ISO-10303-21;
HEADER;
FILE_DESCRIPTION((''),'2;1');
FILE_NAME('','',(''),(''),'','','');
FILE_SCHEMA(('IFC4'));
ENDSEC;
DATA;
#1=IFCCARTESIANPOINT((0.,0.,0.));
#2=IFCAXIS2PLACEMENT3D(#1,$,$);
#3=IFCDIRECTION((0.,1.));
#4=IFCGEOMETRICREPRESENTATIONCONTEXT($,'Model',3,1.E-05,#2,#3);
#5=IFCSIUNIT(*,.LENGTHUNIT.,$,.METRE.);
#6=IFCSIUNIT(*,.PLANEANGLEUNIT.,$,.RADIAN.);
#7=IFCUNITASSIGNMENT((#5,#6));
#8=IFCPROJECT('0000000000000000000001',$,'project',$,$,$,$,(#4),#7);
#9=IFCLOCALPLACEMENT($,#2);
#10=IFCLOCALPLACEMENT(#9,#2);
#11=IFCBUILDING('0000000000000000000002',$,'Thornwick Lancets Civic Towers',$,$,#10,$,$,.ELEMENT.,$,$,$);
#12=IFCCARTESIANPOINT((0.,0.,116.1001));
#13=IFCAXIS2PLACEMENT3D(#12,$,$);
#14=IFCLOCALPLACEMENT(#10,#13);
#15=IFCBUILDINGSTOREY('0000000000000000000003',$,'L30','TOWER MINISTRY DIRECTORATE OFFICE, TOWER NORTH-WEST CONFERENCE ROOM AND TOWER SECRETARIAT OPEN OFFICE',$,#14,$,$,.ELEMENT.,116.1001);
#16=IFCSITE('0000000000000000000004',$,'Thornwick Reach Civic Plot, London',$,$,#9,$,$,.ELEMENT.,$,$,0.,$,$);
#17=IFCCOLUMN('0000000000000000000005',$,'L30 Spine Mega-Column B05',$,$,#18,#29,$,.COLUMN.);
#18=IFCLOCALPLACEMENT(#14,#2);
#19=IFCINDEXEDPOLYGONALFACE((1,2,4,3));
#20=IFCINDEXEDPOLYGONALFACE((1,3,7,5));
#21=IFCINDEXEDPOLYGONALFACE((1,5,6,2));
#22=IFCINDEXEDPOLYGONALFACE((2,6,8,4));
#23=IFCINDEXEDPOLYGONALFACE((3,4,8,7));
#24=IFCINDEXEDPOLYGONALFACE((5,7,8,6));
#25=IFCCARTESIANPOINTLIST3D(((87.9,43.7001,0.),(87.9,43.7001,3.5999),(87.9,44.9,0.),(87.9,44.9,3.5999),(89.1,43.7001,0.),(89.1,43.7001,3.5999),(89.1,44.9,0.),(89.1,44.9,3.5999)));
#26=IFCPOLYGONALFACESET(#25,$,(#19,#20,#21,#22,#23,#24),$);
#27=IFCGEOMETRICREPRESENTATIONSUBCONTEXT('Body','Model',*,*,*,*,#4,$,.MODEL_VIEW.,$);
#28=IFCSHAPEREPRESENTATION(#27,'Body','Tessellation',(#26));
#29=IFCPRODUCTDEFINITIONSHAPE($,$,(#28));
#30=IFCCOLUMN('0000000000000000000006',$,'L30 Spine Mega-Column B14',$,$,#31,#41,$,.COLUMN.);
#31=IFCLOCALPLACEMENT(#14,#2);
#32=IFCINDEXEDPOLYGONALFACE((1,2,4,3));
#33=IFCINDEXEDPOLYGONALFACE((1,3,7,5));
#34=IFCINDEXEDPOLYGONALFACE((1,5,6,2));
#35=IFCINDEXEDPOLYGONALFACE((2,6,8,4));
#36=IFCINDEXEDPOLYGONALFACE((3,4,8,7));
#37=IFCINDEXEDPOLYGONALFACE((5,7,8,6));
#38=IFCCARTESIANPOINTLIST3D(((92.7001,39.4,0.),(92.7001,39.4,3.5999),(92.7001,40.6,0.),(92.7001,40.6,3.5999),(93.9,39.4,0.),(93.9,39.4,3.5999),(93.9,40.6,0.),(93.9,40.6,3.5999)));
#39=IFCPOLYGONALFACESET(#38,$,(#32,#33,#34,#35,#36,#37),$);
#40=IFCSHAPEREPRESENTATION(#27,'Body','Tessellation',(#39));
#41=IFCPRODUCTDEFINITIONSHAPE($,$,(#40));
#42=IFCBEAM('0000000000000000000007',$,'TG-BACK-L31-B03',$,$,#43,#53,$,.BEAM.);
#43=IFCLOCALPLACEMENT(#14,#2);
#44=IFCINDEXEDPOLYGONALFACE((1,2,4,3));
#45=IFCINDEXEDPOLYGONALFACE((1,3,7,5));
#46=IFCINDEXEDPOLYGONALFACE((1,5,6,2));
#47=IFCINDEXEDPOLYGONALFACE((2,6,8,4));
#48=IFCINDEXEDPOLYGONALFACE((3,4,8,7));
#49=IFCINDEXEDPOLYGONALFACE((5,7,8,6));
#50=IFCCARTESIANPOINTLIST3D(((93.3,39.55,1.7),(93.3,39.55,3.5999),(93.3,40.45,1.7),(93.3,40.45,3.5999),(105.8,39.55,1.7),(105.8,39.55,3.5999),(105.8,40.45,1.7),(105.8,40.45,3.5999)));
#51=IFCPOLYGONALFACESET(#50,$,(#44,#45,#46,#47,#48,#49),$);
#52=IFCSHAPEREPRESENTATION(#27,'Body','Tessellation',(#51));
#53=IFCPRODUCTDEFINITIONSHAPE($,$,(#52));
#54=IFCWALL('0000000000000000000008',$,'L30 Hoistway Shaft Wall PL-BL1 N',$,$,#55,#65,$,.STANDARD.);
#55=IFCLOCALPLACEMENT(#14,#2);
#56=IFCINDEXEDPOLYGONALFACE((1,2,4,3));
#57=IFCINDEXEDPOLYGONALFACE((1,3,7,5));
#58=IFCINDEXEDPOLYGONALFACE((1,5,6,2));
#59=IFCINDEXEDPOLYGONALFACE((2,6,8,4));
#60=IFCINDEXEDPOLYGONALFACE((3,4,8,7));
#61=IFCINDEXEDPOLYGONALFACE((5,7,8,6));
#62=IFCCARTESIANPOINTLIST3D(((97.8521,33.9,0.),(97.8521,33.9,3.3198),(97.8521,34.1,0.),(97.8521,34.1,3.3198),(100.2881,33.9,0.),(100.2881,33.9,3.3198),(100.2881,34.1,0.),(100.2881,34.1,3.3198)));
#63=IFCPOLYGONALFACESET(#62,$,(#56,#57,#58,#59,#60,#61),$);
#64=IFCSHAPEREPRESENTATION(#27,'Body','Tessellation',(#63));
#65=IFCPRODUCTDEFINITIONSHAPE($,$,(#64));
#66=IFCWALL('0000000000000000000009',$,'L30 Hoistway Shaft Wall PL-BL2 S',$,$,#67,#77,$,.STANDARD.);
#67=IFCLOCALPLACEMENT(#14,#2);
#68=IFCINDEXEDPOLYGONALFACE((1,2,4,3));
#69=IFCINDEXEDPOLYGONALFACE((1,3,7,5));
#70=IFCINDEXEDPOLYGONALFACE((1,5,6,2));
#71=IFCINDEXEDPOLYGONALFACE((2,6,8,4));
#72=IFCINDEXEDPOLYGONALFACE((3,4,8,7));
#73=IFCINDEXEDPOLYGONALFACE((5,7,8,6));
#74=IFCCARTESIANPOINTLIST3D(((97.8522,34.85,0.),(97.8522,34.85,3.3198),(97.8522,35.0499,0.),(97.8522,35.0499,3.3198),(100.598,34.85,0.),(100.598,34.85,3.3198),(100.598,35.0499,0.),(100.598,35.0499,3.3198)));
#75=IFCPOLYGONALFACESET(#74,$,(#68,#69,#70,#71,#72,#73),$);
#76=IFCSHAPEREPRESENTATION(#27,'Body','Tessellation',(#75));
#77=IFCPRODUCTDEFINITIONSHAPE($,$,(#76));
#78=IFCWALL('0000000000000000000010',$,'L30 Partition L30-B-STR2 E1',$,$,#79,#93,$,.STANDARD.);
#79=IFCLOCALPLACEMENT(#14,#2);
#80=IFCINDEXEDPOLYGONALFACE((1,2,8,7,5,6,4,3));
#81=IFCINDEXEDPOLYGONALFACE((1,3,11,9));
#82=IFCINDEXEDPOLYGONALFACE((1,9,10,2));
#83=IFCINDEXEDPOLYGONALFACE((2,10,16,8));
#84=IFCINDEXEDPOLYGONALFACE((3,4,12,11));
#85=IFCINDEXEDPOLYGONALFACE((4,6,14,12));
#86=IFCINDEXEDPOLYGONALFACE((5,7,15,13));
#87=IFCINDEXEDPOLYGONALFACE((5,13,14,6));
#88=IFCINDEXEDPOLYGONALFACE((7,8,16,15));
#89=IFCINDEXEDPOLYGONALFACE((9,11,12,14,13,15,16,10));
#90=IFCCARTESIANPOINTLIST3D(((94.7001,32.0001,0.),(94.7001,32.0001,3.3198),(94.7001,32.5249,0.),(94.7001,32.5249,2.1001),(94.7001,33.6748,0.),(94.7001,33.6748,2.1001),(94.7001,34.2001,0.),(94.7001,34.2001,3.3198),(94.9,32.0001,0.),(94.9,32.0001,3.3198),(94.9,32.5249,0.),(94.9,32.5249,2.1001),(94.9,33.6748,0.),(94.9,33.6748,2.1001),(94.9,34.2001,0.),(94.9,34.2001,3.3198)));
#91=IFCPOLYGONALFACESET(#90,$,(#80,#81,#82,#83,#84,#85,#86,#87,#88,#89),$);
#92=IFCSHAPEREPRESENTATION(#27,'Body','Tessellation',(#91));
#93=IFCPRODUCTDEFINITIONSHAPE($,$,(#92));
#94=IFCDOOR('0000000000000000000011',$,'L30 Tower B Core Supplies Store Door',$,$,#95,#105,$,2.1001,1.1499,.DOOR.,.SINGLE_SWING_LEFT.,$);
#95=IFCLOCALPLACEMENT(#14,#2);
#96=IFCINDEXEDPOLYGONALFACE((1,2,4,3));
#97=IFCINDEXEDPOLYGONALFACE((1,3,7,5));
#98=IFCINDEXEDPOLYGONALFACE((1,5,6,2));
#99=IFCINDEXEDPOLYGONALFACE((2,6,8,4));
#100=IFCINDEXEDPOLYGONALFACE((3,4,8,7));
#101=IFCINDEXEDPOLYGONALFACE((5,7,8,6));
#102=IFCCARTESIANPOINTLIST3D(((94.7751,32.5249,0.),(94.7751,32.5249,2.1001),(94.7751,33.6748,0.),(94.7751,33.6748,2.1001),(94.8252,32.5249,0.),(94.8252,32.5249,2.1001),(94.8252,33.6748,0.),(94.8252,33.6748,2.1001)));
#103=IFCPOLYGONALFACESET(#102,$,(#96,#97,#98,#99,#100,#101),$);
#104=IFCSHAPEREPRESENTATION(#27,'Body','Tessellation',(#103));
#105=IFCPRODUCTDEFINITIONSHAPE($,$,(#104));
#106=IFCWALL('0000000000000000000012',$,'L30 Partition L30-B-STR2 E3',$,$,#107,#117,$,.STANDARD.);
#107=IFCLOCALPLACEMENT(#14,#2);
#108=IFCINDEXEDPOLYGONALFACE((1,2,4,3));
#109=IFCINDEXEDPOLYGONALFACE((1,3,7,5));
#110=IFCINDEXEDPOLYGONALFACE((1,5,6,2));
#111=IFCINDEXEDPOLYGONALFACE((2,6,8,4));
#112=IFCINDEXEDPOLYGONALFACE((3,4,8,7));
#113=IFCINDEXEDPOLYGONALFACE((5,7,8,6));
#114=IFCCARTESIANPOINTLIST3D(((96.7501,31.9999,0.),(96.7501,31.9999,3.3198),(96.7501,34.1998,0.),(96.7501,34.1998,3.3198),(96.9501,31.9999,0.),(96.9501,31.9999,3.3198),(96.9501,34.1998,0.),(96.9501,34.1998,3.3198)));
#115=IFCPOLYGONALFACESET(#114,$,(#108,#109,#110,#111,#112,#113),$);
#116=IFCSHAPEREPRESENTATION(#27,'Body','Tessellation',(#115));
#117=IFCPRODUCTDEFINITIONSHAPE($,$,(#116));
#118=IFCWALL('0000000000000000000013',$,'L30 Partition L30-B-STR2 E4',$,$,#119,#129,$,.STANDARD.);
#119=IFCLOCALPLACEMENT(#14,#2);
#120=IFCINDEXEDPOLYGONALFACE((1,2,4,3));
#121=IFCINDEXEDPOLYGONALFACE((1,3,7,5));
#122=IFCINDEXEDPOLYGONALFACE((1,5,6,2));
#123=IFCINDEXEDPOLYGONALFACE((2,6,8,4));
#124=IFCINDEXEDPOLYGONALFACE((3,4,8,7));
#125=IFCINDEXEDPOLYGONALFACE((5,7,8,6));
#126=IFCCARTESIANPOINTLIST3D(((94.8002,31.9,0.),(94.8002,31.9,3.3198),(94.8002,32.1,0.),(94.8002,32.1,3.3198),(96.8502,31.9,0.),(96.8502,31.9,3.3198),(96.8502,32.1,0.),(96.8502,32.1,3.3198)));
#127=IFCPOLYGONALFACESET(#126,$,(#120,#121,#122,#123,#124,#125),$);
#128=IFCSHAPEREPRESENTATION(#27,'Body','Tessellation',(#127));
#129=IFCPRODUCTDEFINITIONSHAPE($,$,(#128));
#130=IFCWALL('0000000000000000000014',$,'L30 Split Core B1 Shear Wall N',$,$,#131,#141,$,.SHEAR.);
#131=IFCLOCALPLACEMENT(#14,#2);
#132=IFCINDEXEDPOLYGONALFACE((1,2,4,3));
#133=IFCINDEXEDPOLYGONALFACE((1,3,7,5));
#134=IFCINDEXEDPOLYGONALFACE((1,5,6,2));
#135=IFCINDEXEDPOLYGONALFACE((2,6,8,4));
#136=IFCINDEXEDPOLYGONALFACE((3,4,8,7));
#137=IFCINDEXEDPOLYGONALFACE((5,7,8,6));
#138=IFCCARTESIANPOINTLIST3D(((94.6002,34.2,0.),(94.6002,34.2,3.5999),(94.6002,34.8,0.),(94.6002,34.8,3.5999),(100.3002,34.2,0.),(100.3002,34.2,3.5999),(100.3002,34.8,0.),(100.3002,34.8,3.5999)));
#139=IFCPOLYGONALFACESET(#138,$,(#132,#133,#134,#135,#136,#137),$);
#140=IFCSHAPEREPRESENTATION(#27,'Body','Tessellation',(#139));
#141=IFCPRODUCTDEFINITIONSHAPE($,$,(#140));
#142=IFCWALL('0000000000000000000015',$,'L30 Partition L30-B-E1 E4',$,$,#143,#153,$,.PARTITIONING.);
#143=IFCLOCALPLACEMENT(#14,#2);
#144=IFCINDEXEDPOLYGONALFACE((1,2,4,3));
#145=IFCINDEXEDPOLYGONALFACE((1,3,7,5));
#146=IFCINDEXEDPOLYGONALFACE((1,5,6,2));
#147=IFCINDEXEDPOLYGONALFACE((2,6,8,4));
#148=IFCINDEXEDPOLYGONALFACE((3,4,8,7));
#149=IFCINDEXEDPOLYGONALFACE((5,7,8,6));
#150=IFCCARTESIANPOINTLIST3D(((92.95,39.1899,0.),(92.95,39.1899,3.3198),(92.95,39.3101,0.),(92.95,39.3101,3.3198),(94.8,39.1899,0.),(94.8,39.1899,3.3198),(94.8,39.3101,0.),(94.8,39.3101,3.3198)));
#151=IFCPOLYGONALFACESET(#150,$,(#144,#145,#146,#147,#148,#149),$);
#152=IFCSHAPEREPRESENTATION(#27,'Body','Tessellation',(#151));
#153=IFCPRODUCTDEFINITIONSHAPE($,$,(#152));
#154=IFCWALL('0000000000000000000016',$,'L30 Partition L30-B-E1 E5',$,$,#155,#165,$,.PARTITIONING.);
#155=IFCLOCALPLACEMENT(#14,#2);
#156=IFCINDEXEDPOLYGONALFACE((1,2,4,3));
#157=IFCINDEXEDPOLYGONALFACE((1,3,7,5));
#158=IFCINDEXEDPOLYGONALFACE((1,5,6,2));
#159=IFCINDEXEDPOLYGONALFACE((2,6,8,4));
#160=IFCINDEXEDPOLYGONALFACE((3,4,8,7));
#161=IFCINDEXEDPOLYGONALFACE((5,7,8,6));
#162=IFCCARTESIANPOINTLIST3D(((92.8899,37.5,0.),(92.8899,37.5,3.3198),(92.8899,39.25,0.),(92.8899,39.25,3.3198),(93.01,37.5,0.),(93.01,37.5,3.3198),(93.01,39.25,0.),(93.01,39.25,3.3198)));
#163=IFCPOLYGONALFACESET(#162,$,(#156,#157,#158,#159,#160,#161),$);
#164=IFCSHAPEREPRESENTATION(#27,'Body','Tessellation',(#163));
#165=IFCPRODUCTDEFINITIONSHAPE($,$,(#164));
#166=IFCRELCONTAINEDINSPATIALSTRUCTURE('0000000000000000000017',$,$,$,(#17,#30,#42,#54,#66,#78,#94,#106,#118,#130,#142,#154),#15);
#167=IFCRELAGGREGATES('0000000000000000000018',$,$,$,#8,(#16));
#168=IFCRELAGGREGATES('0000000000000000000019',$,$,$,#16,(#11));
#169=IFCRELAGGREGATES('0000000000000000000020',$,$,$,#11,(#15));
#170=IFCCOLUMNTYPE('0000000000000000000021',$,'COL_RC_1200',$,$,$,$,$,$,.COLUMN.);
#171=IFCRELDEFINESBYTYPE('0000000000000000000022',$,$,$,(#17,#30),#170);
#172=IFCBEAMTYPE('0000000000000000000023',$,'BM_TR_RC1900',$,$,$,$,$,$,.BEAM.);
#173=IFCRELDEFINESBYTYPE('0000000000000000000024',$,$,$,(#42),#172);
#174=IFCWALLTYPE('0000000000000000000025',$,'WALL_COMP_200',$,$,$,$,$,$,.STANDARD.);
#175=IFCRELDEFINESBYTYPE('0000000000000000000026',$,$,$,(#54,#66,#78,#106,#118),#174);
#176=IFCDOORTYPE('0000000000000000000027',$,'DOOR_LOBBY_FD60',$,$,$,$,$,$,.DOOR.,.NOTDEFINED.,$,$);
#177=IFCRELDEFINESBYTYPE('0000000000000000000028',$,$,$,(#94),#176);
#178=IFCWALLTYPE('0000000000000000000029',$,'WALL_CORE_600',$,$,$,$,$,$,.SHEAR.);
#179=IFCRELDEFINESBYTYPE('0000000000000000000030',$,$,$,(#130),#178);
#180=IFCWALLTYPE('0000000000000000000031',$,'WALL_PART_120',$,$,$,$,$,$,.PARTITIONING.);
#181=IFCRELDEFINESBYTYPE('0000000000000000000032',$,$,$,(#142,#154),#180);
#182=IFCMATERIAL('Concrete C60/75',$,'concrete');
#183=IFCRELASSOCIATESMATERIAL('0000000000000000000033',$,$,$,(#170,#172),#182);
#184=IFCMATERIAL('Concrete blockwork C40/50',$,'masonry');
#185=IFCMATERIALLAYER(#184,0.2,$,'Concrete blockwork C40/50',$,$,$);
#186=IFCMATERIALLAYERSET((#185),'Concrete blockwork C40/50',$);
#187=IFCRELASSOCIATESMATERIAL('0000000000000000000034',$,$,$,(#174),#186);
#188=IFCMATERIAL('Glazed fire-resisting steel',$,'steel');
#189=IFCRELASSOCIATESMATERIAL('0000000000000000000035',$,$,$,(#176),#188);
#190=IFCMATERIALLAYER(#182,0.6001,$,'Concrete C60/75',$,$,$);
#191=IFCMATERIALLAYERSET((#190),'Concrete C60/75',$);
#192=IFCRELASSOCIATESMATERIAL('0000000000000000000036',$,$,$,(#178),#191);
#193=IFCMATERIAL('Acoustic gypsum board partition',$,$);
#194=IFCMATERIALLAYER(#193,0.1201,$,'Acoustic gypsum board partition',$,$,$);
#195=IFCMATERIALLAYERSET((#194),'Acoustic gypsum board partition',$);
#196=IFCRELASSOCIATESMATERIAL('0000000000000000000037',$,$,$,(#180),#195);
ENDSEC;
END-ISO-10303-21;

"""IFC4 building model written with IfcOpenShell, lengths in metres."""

from ifc_helpers import new_model, si_unit, direction, frame, frame_2d, origin, origin_2d, place, context, subcontext, project, spatial, rectangle, extrude, material, layer, layer_set, material_profile, profile_set, type_object, element, fill, save


model = new_model("IFC4")

# Units and contexts
model_context = context("Model", 3, precision=1e-05, world=origin(), true_north=direction((0.0, 1.0)))
body_context = subcontext(model_context, "Body", "Model", "MODEL_VIEW")
ifc_project = project(units=[si_unit("LENGTHUNIT", "METRE"), si_unit("PLANEANGLEUNIT", "RADIAN")], contexts=[model_context])

# Site, building, storey
site_placement = place(None, origin())
site = spatial("IfcSite", under=ifc_project, at=site_placement, Name="Thornwick Reach Civic Plot, London", CompositionType="ELEMENT", RefElevation=0.0)
building_placement = place(site_placement, origin())
building = spatial("IfcBuilding", under=site, at=building_placement, Name="Thornwick Lancets Civic Towers", CompositionType="ELEMENT")
storey_placement = place(building_placement, frame((0.0, 0.0, 116.1001)))
storey = spatial("IfcBuildingStorey", under=building, at=storey_placement, Name="L30", Description="TOWER MINISTRY DIRECTORATE OFFICE, TOWER NORTH-WEST CONFERENCE ROOM AND TOWER SECRETARIAT OPEN OFFICE", CompositionType="ELEMENT", Elevation=116.1001)

# Columns
ifc_material_1 = material(Name="Concrete C60/75", Category="concrete")
ifc_material_profile_1 = material_profile(ifc_material_1, rectangle(XDim=1.2, YDim=1.2, at=origin_2d()), Name="RC 1200x1200")
ifc_profile_set_1 = profile_set([ifc_material_profile_1], Name="Concrete C60/75")
column_type = type_object("IfcColumnType", Name="COL_RC_1200", PredefinedType="COLUMN", material=ifc_profile_set_1)
for number, where, z_axis, x_axis, name in (
    (1, (88.5, 44.3, 0.0), (0.0, 0.0, 1.0), (1.0, 0.0, 0.0), "L30 Spine Mega-Column B05"),
    (2, (93.3, 40.0, 0.0), (0.0, 0.0, 1.0), (1.0, 0.0, 0.0), "L30 Spine Mega-Column B14"),
):
    element("IfcColumn", number, at=place(storey_placement, frame(where, z_axis=z_axis, x_axis=x_axis)), inside=storey, type_object=column_type, Name=name, PredefinedType="COLUMN", context=body_context, shape_type="SweptSolid", body=[
        extrude(rectangle(XDim=1.2, YDim=1.2, at=origin_2d()), origin(), (0.0, 0.0, 1.0), 3.5999),
    ])

# Beam
ifc_material_profile_2 = material_profile(ifc_material_1, rectangle(XDim=0.8999, YDim=1.8999, at=origin_2d()), Name="RC 900x1900")
ifc_profile_set_2 = profile_set([ifc_material_profile_2], Name="Concrete C60/75")
beam_type = type_object("IfcBeamType", Name="BM_TR_RC1900", PredefinedType="BEAM", material=ifc_profile_set_2)
beam_placement = place(storey_placement, frame((93.3, 40.0, 2.6499), z_axis=(1.0, 0.0, 0.0), x_axis=(0.0, 1.0, 0.0)))
element("IfcBeam", 3, at=beam_placement, inside=storey, type_object=beam_type, Name="TG-BACK-L31-B03", PredefinedType="BEAM", context=body_context, shape_type="SweptSolid", body=[
    extrude(rectangle(XDim=0.8999, YDim=1.8999, at=origin_2d()), origin(), (0.0, 0.0, 1.0), 12.5),
])

# Walls
ifc_material_2 = material(Name="Concrete blockwork C40/50", Category="masonry")
ifc_layer_1 = layer(ifc_material_2, 0.2, Name="Concrete blockwork C40/50")
ifc_layer_set_1 = layer_set([ifc_layer_1], Name="Concrete blockwork C40/50")
wall_type_1 = type_object("IfcWallType", Name="WALL_COMP_200", PredefinedType="STANDARD", material=ifc_layer_set_1)
wall_1_placement = place(storey_placement, frame((97.8521, 34.0, 0.0), z_axis=(0.0, 0.0, 1.0), x_axis=(1.0, 0.0, 0.0)))
element("IfcWall", 4, at=wall_1_placement, inside=storey, type_object=wall_type_1, Name="L30 Hoistway Shaft Wall PL-BL1 N", PredefinedType="STANDARD", context=body_context, shape_type="SweptSolid", body=[
    extrude(rectangle(XDim=2.436, YDim=0.2, at=frame_2d((1.218, 0.0))), origin(), (0.0, 0.0, 1.0), 3.3198),
])
wall_2_placement = place(storey_placement, frame((97.8521, 34.95, 0.0), z_axis=(0.0, 0.0, 1.0), x_axis=(1.0, 0.0, 0.0)))
element("IfcWall", 5, at=wall_2_placement, inside=storey, type_object=wall_type_1, Name="L30 Hoistway Shaft Wall PL-BL2 S", PredefinedType="STANDARD", context=body_context, shape_type="SweptSolid", body=[
    extrude(rectangle(XDim=2.7458, YDim=0.2, at=frame_2d((1.373, 0.0))), origin(), (0.0, 0.0, 1.0), 3.3198),
])

# Wall, opening, door
wall_3_placement = place(storey_placement, frame((94.8, 32.0, 0.0), z_axis=(0.0, 0.0, 1.0), x_axis=(0.0, 1.0, 0.0)))
wall_3 = element("IfcWall", 6, at=wall_3_placement, inside=storey, type_object=wall_type_1, Name="L30 Partition L30-B-STR2 E1", PredefinedType="STANDARD", context=body_context, shape_type="SweptSolid", body=[
    extrude(rectangle(XDim=2.2, YDim=0.2, at=frame_2d((1.1001, 0.0))), origin(), (0.0, 0.0, 1.0), 3.3198),
])
opening_1_placement = place(wall_3_placement, frame((0.5249, 0.0, 0.0)))
opening_1 = element("IfcOpeningElement", 7, at=opening_1_placement, cuts=wall_3, PredefinedType="OPENING", context=body_context, shape_type="SweptSolid", body=[
    extrude(rectangle(XDim=1.1499, YDim=2.1001, at=frame_2d((0.575, 1.05))), frame((0.0, 0.1099, 0.0), z_axis=(0.0, -1.0, 0.0), x_axis=(1.0, 0.0, 0.0)), (0.0, 0.0, 1.0), 0.22),
])
ifc_material_3 = material(Name="Glazed fire-resisting steel", Category="steel")
door_type_1 = type_object("IfcDoorType", Name="DOOR_LOBBY_FD60", OperationType="NOTDEFINED", PredefinedType="DOOR", material=ifc_material_3)
door_1_placement = place(opening_1_placement, origin())
door_1 = element("IfcDoor", 8, at=door_1_placement, inside=storey, type_object=door_type_1, Name="L30 Tower B Core Supplies Store Door", OperationType="SINGLE_SWING_LEFT", OverallHeight=2.1001, OverallWidth=1.1499, PredefinedType="DOOR", context=body_context, shape_type="SweptSolid", body=[
    extrude(rectangle(XDim=1.1499, YDim=2.1001, at=frame_2d((0.575, 1.05))), frame((0.0, 0.0249, 0.0), z_axis=(0.0, -1.0, 0.0), x_axis=(1.0, 0.0, 0.0)), (0.0, 0.0, 1.0), 0.05),
])
fill(opening_1, door_1)

# Walls
wall_4_placement = place(storey_placement, frame((96.8501, 34.2, 0.0), z_axis=(0.0, 0.0, 1.0), x_axis=(0.0, -1.0, 0.0)))
element("IfcWall", 9, at=wall_4_placement, inside=storey, type_object=wall_type_1, Name="L30 Partition L30-B-STR2 E3", PredefinedType="STANDARD", context=body_context, shape_type="SweptSolid", body=[
    extrude(rectangle(XDim=2.2, YDim=0.2, at=frame_2d((1.1001, 0.0))), origin(), (0.0, 0.0, 1.0), 3.3198),
])
wall_5_placement = place(storey_placement, frame((96.8501, 32.0, 0.0), z_axis=(0.0, 0.0, 1.0), x_axis=(-1.0, 0.0, 0.0)))
element("IfcWall", 10, at=wall_5_placement, inside=storey, type_object=wall_type_1, Name="L30 Partition L30-B-STR2 E4", PredefinedType="STANDARD", context=body_context, shape_type="SweptSolid", body=[
    extrude(rectangle(XDim=2.05, YDim=0.2, at=frame_2d((1.0249, 0.0))), origin(), (0.0, 0.0, 1.0), 3.3198),
])
ifc_layer_2 = layer(ifc_material_1, 0.6001, Name="Concrete C60/75")
ifc_layer_set_2 = layer_set([ifc_layer_2], Name="Concrete C60/75")
wall_type_2 = type_object("IfcWallType", Name="WALL_CORE_600", PredefinedType="SHEAR", material=ifc_layer_set_2)
wall_6_placement = place(storey_placement, frame((94.6001, 34.5, 0.0), z_axis=(0.0, 0.0, 1.0), x_axis=(1.0, 0.0, 0.0)))
element("IfcWall", 11, at=wall_6_placement, inside=storey, type_object=wall_type_2, Name="L30 Split Core B1 Shear Wall N", PredefinedType="SHEAR", context=body_context, shape_type="SweptSolid", body=[
    extrude(rectangle(XDim=5.7, YDim=0.6001, at=frame_2d((2.8501, 0.0))), origin(), (0.0, 0.0, 1.0), 3.5999),
])
ifc_material_4 = material(Name="Acoustic gypsum board partition")
ifc_layer_3 = layer(ifc_material_4, 0.1201, Name="Acoustic gypsum board partition")
ifc_layer_set_3 = layer_set([ifc_layer_3], Name="Acoustic gypsum board partition")
wall_type_3 = type_object("IfcWallType", Name="WALL_PART_120", PredefinedType="PARTITIONING", material=ifc_layer_set_3)
wall_7_placement = place(storey_placement, frame((94.8, 39.25, 0.0), z_axis=(0.0, 0.0, 1.0), x_axis=(-1.0, 0.0, 0.0)))
element("IfcWall", 12, at=wall_7_placement, inside=storey, type_object=wall_type_3, Name="L30 Partition L30-B-E1 E4", PredefinedType="PARTITIONING", context=body_context, shape_type="SweptSolid", body=[
    extrude(rectangle(XDim=1.8501, YDim=0.1201, at=frame_2d((0.925, 0.0))), origin(), (0.0, 0.0, 1.0), 3.3198),
])
wall_8_placement = place(storey_placement, frame((92.95, 39.25, 0.0), z_axis=(0.0, 0.0, 1.0), x_axis=(0.0, -1.0, 0.0)))
element("IfcWall", 13, at=wall_8_placement, inside=storey, type_object=wall_type_3, Name="L30 Partition L30-B-E1 E5", PredefinedType="PARTITIONING", context=body_context, shape_type="SweptSolid", body=[
    extrude(rectangle(XDim=1.75, YDim=0.1201, at=frame_2d((0.875, 0.0))), origin(), (0.0, 0.0, 1.0), 3.3198),
])

save(model, "model.ifc")
